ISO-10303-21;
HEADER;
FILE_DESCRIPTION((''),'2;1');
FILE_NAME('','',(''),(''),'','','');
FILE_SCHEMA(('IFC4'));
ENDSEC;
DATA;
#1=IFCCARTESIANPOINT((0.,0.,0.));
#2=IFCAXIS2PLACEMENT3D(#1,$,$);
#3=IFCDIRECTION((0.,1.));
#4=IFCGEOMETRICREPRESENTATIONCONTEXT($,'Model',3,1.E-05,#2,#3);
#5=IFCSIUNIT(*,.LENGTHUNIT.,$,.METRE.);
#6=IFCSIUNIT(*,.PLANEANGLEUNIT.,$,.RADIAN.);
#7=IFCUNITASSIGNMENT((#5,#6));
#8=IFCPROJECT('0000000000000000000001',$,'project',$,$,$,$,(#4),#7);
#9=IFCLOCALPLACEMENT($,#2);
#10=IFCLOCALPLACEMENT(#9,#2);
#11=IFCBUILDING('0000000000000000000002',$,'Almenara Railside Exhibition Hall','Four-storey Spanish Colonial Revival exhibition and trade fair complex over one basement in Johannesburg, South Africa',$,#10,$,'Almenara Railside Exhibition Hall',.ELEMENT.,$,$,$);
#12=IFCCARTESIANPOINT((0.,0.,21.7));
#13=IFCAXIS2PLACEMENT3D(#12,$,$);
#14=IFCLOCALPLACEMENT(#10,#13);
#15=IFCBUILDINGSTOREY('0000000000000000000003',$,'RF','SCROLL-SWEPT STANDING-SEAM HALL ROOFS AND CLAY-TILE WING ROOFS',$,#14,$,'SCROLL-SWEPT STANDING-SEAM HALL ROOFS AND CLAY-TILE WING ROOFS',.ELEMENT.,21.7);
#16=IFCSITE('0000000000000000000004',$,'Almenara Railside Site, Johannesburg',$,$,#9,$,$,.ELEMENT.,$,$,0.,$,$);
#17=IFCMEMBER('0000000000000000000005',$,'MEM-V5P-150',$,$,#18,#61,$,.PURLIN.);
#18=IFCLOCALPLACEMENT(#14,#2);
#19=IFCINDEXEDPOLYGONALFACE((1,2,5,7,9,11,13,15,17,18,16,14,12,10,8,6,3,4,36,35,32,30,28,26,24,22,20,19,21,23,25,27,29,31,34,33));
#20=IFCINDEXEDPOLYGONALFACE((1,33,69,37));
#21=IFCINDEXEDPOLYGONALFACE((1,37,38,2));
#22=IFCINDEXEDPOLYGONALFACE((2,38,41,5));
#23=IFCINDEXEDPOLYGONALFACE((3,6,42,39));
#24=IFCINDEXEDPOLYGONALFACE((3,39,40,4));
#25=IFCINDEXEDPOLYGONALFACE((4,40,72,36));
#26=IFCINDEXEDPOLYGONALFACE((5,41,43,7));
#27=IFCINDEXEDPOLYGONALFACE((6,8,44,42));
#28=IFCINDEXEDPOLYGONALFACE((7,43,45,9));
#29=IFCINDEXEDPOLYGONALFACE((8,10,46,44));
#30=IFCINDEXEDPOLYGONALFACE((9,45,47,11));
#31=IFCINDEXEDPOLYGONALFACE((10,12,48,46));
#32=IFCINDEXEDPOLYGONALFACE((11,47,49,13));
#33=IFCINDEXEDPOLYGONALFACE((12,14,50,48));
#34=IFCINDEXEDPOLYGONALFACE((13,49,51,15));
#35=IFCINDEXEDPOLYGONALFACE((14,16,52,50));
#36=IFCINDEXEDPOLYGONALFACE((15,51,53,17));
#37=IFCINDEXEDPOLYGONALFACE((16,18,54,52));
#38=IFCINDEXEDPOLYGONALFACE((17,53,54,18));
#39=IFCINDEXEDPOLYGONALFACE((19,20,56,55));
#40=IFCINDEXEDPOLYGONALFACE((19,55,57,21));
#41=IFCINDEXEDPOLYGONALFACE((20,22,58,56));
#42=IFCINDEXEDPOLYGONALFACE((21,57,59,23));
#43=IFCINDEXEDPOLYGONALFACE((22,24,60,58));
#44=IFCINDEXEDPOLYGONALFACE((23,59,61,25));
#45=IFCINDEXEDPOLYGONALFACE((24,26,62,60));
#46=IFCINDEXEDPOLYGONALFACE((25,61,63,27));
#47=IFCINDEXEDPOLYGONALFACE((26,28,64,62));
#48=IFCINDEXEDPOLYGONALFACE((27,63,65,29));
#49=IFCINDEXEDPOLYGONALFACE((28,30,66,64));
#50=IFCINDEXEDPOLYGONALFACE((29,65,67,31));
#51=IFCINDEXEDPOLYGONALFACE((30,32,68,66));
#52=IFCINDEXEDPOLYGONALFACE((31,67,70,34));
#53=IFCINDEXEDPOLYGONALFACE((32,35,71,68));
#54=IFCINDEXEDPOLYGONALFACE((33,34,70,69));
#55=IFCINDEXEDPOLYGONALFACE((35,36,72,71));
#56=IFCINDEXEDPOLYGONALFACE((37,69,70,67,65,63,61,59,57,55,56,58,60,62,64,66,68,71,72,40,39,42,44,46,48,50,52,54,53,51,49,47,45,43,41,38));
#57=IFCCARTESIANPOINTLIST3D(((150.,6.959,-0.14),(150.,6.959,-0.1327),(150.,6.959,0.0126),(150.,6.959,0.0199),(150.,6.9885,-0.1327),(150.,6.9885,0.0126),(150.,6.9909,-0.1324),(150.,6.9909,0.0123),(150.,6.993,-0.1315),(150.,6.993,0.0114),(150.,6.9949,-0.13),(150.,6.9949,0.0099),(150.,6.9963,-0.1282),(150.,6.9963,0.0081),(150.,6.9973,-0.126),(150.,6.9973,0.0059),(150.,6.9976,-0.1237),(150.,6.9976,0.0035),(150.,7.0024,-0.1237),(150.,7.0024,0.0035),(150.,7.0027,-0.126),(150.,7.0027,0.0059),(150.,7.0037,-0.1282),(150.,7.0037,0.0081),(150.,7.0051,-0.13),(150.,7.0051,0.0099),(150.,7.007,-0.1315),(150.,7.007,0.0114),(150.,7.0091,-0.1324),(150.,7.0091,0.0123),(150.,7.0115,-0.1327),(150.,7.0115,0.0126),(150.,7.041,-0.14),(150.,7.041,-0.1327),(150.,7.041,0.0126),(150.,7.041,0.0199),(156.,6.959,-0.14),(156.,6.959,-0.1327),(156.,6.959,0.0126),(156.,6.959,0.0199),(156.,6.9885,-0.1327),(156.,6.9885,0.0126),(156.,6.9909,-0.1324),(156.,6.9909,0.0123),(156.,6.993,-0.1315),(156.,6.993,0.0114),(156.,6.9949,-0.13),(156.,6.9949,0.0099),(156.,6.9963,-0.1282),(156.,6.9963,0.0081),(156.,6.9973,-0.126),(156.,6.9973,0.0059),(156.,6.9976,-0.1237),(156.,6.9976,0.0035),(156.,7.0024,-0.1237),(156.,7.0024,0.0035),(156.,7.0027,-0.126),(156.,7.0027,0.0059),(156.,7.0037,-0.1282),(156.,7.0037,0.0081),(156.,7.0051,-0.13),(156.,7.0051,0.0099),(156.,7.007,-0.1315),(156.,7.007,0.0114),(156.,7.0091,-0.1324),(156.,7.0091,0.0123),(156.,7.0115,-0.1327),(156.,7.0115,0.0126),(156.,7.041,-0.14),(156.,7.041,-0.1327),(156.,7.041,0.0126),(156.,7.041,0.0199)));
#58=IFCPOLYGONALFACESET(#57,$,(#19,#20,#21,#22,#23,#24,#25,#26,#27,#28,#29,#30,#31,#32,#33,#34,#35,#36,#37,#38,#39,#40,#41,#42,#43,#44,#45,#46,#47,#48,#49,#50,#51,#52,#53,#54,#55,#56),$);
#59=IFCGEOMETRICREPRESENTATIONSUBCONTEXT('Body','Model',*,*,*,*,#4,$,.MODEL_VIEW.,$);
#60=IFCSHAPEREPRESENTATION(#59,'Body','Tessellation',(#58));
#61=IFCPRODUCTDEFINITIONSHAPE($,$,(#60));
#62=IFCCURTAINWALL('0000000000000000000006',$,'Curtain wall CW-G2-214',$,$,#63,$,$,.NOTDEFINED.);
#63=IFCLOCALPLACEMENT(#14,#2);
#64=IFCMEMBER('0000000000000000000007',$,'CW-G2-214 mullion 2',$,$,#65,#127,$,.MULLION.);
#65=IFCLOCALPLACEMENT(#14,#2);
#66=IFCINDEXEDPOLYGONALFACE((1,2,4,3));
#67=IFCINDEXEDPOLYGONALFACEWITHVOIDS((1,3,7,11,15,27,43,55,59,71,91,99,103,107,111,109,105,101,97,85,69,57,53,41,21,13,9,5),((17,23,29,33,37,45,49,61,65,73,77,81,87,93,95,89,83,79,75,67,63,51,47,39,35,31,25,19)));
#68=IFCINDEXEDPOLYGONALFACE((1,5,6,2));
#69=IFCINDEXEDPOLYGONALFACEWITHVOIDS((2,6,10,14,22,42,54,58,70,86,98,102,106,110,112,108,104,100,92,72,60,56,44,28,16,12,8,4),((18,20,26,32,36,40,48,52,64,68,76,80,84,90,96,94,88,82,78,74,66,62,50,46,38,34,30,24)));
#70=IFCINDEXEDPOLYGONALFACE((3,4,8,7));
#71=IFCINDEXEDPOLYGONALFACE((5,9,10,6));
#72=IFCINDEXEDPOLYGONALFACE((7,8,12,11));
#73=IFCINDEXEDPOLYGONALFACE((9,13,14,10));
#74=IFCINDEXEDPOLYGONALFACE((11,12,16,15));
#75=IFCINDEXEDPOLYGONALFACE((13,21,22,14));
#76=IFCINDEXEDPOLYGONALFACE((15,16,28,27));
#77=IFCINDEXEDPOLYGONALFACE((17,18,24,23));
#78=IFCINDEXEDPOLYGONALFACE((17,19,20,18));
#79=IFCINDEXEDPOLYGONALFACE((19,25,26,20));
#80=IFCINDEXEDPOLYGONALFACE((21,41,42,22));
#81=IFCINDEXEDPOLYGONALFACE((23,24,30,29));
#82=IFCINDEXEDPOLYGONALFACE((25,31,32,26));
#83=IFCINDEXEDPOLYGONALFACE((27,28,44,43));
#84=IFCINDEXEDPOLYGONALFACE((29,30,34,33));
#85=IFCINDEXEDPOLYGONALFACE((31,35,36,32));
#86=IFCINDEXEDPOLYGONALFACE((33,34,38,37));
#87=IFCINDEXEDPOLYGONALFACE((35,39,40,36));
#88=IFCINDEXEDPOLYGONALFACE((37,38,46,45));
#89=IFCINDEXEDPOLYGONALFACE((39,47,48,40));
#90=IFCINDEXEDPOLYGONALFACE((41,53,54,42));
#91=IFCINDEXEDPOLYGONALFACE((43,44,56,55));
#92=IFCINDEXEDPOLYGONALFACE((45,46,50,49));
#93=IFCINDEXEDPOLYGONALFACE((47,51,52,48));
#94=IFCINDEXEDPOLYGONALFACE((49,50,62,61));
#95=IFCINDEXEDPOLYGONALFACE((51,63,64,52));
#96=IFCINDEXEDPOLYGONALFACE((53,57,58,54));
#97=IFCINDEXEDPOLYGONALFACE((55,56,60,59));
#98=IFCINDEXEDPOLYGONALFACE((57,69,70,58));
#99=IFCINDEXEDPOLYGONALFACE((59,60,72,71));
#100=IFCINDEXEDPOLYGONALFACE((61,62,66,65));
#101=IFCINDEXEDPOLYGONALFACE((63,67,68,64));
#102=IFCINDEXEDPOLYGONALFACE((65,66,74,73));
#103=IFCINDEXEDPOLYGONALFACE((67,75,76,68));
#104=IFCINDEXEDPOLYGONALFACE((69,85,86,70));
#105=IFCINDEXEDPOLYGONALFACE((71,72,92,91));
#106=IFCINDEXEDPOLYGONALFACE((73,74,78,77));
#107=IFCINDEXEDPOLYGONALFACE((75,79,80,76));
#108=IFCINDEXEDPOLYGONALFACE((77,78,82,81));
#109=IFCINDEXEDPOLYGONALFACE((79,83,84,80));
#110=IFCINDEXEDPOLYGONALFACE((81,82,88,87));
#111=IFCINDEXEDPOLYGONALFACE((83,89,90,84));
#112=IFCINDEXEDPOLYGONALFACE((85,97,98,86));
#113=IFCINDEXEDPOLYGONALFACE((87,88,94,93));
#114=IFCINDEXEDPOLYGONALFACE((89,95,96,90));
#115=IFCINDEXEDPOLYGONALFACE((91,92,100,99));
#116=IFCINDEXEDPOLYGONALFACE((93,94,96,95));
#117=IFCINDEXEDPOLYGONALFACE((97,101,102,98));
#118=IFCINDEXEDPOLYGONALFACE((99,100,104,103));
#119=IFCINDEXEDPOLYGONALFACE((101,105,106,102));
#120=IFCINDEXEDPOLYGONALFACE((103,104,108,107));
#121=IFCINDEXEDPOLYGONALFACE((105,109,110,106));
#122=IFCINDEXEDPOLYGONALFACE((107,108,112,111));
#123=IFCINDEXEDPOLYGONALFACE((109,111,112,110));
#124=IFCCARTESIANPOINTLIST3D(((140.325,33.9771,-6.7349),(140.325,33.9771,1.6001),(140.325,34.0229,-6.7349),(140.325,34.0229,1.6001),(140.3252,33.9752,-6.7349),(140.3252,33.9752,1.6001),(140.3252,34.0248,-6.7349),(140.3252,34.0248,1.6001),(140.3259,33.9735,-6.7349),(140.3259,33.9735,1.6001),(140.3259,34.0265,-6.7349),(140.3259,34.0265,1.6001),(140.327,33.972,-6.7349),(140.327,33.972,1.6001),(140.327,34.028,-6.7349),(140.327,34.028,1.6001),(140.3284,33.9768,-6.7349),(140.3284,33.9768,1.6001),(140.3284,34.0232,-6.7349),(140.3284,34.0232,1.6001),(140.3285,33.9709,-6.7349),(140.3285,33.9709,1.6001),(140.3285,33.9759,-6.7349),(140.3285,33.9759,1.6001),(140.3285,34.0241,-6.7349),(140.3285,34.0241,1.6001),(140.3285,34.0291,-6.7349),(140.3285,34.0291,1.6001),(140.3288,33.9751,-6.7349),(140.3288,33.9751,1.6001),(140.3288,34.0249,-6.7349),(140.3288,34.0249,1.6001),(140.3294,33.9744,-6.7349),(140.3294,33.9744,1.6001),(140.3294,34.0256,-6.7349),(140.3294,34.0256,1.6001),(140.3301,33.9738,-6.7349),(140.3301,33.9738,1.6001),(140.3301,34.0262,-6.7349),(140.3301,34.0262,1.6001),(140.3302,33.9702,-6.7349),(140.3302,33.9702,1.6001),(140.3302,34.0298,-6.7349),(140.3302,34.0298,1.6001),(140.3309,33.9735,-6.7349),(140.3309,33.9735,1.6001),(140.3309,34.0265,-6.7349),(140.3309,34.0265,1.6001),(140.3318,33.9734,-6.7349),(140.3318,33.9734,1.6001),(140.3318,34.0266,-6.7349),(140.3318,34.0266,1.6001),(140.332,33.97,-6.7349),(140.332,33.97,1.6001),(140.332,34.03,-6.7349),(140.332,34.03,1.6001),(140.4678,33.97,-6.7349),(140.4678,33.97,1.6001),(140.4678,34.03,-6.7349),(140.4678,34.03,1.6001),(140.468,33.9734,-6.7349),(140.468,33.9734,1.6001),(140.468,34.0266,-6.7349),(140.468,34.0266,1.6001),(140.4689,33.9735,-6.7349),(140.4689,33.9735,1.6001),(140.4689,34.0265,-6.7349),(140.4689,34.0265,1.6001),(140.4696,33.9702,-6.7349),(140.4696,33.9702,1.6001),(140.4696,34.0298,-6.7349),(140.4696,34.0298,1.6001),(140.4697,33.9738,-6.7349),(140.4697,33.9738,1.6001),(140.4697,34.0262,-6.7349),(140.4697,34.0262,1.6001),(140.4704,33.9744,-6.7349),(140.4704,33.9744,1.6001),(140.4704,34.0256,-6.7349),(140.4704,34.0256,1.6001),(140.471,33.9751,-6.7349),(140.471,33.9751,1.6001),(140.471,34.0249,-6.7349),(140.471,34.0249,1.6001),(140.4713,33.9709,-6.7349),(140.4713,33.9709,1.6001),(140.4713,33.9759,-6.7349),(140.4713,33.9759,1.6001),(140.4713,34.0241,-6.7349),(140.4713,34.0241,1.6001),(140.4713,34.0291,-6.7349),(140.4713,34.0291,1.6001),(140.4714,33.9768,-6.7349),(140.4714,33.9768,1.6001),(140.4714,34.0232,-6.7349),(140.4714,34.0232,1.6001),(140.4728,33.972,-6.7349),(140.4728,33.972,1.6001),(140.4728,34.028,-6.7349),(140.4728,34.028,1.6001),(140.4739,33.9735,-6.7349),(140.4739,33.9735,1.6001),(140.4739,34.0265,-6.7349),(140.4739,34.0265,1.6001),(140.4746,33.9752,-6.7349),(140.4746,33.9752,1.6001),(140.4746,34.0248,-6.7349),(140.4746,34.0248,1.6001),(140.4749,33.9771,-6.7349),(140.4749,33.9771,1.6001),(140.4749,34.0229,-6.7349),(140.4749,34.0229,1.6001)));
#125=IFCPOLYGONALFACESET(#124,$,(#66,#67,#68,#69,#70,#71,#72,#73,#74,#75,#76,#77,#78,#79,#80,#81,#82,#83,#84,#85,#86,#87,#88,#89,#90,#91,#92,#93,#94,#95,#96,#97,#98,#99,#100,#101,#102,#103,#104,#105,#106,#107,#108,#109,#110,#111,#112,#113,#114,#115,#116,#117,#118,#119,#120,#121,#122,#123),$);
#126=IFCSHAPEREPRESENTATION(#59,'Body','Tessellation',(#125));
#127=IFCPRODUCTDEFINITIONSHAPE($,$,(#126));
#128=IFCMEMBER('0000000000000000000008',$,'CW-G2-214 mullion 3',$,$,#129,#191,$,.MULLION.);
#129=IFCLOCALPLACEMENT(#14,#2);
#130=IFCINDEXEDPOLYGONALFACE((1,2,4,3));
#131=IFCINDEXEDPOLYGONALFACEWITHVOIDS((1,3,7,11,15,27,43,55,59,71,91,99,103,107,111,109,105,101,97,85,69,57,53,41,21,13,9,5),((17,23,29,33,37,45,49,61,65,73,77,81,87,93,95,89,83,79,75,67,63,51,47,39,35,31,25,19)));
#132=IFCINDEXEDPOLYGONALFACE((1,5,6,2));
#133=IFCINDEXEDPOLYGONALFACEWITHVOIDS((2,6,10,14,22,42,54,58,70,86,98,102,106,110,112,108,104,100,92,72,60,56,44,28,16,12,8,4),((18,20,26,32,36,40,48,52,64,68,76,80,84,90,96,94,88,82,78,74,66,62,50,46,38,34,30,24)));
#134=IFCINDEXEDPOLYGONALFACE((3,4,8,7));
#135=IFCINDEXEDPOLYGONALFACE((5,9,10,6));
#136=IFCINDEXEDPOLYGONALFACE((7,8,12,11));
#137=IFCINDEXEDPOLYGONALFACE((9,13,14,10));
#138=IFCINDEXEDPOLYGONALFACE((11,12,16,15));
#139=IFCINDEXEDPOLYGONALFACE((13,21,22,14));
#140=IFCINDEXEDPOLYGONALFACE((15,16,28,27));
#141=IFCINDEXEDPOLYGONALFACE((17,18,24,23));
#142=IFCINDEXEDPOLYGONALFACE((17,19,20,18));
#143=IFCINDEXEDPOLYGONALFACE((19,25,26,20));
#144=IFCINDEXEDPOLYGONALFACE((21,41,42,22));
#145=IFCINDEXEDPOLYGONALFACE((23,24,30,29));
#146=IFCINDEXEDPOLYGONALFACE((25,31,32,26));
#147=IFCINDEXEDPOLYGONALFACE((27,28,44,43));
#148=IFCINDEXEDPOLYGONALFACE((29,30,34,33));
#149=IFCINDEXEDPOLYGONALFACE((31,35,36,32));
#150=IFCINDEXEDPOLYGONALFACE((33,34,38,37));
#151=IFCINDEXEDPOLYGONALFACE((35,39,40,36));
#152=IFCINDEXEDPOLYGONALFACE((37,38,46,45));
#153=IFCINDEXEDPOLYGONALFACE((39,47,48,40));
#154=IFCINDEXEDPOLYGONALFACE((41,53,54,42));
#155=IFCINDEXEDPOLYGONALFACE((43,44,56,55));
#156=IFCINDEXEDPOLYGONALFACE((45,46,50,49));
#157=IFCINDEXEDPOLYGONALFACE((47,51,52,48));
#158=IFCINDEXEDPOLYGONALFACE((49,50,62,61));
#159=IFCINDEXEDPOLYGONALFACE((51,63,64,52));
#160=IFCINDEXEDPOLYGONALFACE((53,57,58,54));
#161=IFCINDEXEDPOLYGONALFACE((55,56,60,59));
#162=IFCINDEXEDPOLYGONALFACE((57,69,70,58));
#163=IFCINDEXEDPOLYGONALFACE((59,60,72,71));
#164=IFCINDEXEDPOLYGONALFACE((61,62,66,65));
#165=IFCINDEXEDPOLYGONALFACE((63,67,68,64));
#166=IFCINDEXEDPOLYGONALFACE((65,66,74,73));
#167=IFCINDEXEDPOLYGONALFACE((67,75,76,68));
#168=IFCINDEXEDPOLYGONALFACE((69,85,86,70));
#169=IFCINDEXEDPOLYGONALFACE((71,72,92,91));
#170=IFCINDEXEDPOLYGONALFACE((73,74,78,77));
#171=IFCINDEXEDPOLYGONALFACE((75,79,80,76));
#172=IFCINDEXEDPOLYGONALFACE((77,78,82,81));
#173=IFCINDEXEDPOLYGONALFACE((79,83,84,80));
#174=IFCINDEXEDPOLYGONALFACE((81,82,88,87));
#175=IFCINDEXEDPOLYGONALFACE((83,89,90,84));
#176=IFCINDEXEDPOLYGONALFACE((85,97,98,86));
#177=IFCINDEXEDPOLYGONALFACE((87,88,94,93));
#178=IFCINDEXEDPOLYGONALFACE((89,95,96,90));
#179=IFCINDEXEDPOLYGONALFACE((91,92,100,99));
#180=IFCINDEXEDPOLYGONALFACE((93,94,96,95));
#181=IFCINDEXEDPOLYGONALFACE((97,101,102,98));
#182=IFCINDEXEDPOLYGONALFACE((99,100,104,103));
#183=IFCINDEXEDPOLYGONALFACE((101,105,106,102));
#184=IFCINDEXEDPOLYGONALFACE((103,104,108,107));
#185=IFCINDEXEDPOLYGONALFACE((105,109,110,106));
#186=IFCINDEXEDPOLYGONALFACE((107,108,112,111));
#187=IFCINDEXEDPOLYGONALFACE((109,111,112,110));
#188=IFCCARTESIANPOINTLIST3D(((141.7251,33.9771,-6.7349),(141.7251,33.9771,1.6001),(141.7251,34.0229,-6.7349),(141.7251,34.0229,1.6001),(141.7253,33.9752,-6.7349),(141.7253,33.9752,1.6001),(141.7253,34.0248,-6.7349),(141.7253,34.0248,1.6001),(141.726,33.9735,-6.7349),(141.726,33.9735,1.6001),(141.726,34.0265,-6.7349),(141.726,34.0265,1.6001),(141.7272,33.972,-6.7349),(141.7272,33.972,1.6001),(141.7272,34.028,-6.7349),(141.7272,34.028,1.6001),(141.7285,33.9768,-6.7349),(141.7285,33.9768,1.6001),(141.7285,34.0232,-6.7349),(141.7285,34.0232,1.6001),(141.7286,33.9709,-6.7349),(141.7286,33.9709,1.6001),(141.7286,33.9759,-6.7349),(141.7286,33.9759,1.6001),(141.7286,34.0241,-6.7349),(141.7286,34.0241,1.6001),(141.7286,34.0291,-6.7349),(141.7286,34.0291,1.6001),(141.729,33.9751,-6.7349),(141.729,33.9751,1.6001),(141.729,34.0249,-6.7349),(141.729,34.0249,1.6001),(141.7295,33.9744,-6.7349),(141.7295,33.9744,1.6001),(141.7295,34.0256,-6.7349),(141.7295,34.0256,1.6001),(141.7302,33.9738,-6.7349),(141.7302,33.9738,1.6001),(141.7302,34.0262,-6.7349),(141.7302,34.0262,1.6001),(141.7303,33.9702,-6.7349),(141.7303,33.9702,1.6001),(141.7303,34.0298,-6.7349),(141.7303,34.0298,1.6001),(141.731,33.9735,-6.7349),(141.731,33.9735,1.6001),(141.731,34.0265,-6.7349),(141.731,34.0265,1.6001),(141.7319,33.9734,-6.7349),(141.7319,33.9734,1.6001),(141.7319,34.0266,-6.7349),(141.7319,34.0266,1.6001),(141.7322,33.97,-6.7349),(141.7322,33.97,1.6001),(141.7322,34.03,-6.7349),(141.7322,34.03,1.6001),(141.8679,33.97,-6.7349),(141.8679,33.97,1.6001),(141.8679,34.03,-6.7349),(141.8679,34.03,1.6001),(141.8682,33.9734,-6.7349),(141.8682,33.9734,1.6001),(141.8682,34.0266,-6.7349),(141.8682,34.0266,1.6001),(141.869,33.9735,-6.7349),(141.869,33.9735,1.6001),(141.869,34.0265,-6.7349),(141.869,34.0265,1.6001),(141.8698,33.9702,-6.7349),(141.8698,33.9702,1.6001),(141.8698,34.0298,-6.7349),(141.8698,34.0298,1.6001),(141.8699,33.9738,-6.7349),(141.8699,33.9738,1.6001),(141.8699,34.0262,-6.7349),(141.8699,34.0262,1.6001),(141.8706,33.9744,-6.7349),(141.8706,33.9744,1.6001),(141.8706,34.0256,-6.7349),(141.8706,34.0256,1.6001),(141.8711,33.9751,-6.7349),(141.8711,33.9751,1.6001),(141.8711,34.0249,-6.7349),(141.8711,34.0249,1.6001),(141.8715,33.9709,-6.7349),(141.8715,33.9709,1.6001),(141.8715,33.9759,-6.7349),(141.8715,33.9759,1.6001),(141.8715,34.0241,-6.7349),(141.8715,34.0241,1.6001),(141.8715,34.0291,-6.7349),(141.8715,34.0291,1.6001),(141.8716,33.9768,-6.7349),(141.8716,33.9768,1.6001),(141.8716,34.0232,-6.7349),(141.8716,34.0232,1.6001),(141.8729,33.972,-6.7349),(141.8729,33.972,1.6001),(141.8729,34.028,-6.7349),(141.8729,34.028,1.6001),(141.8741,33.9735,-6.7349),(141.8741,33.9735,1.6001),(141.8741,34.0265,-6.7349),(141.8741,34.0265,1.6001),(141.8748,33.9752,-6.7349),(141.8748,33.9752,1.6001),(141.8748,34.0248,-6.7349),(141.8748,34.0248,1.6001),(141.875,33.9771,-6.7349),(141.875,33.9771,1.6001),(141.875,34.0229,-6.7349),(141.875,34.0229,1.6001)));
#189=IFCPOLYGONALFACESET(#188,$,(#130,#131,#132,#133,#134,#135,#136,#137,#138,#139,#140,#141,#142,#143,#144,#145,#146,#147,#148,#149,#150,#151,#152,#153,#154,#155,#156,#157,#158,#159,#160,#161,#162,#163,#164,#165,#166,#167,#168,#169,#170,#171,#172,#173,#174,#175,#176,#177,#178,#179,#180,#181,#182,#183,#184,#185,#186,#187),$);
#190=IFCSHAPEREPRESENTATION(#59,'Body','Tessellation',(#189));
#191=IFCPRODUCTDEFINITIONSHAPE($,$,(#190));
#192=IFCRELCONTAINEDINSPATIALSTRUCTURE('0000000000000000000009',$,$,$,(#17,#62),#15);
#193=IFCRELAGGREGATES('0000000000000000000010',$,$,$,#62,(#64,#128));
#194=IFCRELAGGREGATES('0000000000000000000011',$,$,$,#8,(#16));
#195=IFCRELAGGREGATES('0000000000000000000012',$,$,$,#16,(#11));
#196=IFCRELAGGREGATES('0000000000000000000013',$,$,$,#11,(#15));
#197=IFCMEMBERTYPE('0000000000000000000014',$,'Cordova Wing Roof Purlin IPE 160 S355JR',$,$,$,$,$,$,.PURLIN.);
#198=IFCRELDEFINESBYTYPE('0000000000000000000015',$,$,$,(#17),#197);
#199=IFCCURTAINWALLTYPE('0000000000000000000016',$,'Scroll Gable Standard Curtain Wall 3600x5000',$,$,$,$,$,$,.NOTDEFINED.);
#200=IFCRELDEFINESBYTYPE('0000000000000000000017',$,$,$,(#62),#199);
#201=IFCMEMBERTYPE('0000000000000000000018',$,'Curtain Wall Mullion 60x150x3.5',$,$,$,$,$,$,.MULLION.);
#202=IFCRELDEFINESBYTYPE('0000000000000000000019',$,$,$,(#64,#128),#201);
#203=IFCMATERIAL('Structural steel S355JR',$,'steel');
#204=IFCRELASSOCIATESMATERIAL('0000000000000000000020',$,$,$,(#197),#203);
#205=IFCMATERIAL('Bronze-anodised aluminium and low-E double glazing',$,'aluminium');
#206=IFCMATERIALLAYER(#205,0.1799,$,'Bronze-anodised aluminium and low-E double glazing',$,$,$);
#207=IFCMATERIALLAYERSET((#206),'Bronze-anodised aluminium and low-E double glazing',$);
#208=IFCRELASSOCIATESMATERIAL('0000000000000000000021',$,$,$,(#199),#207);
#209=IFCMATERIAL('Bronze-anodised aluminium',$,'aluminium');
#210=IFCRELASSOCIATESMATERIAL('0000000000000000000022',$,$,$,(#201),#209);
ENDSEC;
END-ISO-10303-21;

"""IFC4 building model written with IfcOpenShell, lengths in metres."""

from ifc_helpers import new_model, si_unit, direction, frame, origin, origin_2d, place, context, subcontext, project, spatial, hollow_rectangle, i_section, extrude, material, layer, layer_set, material_profile, profile_set, type_object, element, aggregate, save


model = new_model("IFC4")

# Units and contexts
model_context = context("Model", 3, precision=1e-05, world=origin(), true_north=direction((0.0, 1.0)))
body_context = subcontext(model_context, "Body", "Model", "MODEL_VIEW")
ifc_project = project(units=[si_unit("LENGTHUNIT", "METRE"), si_unit("PLANEANGLEUNIT", "RADIAN")], contexts=[model_context])

# Site, building, storey
site_placement = place(None, origin())
site = spatial("IfcSite", under=ifc_project, at=site_placement, Name="Almenara Railside Site, Johannesburg", CompositionType="ELEMENT", RefElevation=0.0)
building_placement = place(site_placement, origin())
building = spatial("IfcBuilding", under=site, at=building_placement, Name="Almenara Railside Exhibition Hall", Description="Four-storey Spanish Colonial Revival exhibition and trade fair complex over one basement in Johannesburg, South Africa", LongName="Almenara Railside Exhibition Hall", CompositionType="ELEMENT")
storey_placement = place(building_placement, frame((0.0, 0.0, 21.7)))
storey = spatial("IfcBuildingStorey", under=building, at=storey_placement, Name="RF", Description="SCROLL-SWEPT STANDING-SEAM HALL ROOFS AND CLAY-TILE WING ROOFS", LongName="SCROLL-SWEPT STANDING-SEAM HALL ROOFS AND CLAY-TILE WING ROOFS", CompositionType="ELEMENT", Elevation=21.7)

# Member
ifc_material_1 = material(Name="Structural steel S355JR", Category="steel")
ifc_material_profile_1 = material_profile(ifc_material_1, i_section(OverallWidth=0.082, OverallDepth=0.1599, WebThickness=0.0049, FlangeThickness=0.0073, FilletRadius=0.009, at=origin_2d()), Name="IPE 160")
ifc_profile_set_1 = profile_set([ifc_material_profile_1], Name="Structural steel S355JR")
member_type_1 = type_object("IfcMemberType", Name="Cordova Wing Roof Purlin IPE 160 S355JR", PredefinedType="PURLIN", material=ifc_profile_set_1)
for number, where, z_axis, x_axis, name in (
    (1, (150.0, 7.0, -0.0601), (1.0, 0.0, 0.0), (0.0, 1.0, 0.0), "MEM-V5P-150"),
):
    element("IfcMember", number, at=place(storey_placement, frame(where, z_axis=z_axis, x_axis=x_axis)), inside=storey, type_object=member_type_1, Name=name, PredefinedType="PURLIN", context=body_context, shape_type="SweptSolid", body=[
        extrude(i_section(OverallWidth=0.082, OverallDepth=0.1599, WebThickness=0.0049, FlangeThickness=0.0073, FilletRadius=0.009, at=origin_2d()), origin(), (0.0, 0.0, 1.0), 6.0),
    ])

# Curtain wall, members
ifc_material_2 = material(Name="Bronze-anodised aluminium and low-E double glazing", Category="aluminium")
ifc_layer_1 = layer(ifc_material_2, 0.1799, Name="Bronze-anodised aluminium and low-E double glazing")
ifc_layer_set_1 = layer_set([ifc_layer_1], Name="Bronze-anodised aluminium and low-E double glazing")
curtain_wall_type = type_object("IfcCurtainWallType", Name="Scroll Gable Standard Curtain Wall 3600x5000", PredefinedType="NOTDEFINED", material=ifc_layer_set_1)
curtain_wall_placement = place(storey_placement, origin())
curtain_wall = element("IfcCurtainWall", 2, at=curtain_wall_placement, inside=storey, type_object=curtain_wall_type, Name="Curtain wall CW-G2-214", PredefinedType="NOTDEFINED")
ifc_material_3 = material(Name="Bronze-anodised aluminium", Category="aluminium")
ifc_material_profile_2 = material_profile(ifc_material_3, hollow_rectangle(XDim=0.0601, YDim=0.1499, WallThickness=0.0034, InnerFilletRadius=0.0034, OuterFilletRadius=0.0071, at=origin_2d()), Name="ALU-MUL 60x150x3.5")
ifc_profile_set_2 = profile_set([ifc_material_profile_2], Name="Bronze-anodised aluminium")
member_type_2 = type_object("IfcMemberType", Name="Curtain Wall Mullion 60x150x3.5", PredefinedType="MULLION", material=ifc_profile_set_2)
member_1_placement = place(storey_placement, frame((140.3999, 34.0, -6.7349), z_axis=(0.0, 0.0, 1.0), x_axis=(0.0, 1.0, 0.0)))
member_1 = element("IfcMember", 3, at=member_1_placement, type_object=member_type_2, Name="CW-G2-214 mullion 2", PredefinedType="MULLION", context=body_context, shape_type="SweptSolid", body=[
    extrude(hollow_rectangle(XDim=0.0601, YDim=0.1499, WallThickness=0.0034, InnerFilletRadius=0.0034, OuterFilletRadius=0.0071, at=origin_2d()), origin(), (0.0, 0.0, 1.0), 8.335),
])
member_2_placement = place(storey_placement, frame((141.8, 34.0, -6.7349), z_axis=(0.0, 0.0, 1.0), x_axis=(0.0, 1.0, 0.0)))
member_2 = element("IfcMember", 4, at=member_2_placement, type_object=member_type_2, Name="CW-G2-214 mullion 3", PredefinedType="MULLION", context=body_context, shape_type="SweptSolid", body=[
    extrude(hollow_rectangle(XDim=0.0601, YDim=0.1499, WallThickness=0.0034, InnerFilletRadius=0.0034, OuterFilletRadius=0.0071, at=origin_2d()), origin(), (0.0, 0.0, 1.0), 8.335),
])

aggregate(curtain_wall, [member_1, member_2])

save(model, "model.ifc")
